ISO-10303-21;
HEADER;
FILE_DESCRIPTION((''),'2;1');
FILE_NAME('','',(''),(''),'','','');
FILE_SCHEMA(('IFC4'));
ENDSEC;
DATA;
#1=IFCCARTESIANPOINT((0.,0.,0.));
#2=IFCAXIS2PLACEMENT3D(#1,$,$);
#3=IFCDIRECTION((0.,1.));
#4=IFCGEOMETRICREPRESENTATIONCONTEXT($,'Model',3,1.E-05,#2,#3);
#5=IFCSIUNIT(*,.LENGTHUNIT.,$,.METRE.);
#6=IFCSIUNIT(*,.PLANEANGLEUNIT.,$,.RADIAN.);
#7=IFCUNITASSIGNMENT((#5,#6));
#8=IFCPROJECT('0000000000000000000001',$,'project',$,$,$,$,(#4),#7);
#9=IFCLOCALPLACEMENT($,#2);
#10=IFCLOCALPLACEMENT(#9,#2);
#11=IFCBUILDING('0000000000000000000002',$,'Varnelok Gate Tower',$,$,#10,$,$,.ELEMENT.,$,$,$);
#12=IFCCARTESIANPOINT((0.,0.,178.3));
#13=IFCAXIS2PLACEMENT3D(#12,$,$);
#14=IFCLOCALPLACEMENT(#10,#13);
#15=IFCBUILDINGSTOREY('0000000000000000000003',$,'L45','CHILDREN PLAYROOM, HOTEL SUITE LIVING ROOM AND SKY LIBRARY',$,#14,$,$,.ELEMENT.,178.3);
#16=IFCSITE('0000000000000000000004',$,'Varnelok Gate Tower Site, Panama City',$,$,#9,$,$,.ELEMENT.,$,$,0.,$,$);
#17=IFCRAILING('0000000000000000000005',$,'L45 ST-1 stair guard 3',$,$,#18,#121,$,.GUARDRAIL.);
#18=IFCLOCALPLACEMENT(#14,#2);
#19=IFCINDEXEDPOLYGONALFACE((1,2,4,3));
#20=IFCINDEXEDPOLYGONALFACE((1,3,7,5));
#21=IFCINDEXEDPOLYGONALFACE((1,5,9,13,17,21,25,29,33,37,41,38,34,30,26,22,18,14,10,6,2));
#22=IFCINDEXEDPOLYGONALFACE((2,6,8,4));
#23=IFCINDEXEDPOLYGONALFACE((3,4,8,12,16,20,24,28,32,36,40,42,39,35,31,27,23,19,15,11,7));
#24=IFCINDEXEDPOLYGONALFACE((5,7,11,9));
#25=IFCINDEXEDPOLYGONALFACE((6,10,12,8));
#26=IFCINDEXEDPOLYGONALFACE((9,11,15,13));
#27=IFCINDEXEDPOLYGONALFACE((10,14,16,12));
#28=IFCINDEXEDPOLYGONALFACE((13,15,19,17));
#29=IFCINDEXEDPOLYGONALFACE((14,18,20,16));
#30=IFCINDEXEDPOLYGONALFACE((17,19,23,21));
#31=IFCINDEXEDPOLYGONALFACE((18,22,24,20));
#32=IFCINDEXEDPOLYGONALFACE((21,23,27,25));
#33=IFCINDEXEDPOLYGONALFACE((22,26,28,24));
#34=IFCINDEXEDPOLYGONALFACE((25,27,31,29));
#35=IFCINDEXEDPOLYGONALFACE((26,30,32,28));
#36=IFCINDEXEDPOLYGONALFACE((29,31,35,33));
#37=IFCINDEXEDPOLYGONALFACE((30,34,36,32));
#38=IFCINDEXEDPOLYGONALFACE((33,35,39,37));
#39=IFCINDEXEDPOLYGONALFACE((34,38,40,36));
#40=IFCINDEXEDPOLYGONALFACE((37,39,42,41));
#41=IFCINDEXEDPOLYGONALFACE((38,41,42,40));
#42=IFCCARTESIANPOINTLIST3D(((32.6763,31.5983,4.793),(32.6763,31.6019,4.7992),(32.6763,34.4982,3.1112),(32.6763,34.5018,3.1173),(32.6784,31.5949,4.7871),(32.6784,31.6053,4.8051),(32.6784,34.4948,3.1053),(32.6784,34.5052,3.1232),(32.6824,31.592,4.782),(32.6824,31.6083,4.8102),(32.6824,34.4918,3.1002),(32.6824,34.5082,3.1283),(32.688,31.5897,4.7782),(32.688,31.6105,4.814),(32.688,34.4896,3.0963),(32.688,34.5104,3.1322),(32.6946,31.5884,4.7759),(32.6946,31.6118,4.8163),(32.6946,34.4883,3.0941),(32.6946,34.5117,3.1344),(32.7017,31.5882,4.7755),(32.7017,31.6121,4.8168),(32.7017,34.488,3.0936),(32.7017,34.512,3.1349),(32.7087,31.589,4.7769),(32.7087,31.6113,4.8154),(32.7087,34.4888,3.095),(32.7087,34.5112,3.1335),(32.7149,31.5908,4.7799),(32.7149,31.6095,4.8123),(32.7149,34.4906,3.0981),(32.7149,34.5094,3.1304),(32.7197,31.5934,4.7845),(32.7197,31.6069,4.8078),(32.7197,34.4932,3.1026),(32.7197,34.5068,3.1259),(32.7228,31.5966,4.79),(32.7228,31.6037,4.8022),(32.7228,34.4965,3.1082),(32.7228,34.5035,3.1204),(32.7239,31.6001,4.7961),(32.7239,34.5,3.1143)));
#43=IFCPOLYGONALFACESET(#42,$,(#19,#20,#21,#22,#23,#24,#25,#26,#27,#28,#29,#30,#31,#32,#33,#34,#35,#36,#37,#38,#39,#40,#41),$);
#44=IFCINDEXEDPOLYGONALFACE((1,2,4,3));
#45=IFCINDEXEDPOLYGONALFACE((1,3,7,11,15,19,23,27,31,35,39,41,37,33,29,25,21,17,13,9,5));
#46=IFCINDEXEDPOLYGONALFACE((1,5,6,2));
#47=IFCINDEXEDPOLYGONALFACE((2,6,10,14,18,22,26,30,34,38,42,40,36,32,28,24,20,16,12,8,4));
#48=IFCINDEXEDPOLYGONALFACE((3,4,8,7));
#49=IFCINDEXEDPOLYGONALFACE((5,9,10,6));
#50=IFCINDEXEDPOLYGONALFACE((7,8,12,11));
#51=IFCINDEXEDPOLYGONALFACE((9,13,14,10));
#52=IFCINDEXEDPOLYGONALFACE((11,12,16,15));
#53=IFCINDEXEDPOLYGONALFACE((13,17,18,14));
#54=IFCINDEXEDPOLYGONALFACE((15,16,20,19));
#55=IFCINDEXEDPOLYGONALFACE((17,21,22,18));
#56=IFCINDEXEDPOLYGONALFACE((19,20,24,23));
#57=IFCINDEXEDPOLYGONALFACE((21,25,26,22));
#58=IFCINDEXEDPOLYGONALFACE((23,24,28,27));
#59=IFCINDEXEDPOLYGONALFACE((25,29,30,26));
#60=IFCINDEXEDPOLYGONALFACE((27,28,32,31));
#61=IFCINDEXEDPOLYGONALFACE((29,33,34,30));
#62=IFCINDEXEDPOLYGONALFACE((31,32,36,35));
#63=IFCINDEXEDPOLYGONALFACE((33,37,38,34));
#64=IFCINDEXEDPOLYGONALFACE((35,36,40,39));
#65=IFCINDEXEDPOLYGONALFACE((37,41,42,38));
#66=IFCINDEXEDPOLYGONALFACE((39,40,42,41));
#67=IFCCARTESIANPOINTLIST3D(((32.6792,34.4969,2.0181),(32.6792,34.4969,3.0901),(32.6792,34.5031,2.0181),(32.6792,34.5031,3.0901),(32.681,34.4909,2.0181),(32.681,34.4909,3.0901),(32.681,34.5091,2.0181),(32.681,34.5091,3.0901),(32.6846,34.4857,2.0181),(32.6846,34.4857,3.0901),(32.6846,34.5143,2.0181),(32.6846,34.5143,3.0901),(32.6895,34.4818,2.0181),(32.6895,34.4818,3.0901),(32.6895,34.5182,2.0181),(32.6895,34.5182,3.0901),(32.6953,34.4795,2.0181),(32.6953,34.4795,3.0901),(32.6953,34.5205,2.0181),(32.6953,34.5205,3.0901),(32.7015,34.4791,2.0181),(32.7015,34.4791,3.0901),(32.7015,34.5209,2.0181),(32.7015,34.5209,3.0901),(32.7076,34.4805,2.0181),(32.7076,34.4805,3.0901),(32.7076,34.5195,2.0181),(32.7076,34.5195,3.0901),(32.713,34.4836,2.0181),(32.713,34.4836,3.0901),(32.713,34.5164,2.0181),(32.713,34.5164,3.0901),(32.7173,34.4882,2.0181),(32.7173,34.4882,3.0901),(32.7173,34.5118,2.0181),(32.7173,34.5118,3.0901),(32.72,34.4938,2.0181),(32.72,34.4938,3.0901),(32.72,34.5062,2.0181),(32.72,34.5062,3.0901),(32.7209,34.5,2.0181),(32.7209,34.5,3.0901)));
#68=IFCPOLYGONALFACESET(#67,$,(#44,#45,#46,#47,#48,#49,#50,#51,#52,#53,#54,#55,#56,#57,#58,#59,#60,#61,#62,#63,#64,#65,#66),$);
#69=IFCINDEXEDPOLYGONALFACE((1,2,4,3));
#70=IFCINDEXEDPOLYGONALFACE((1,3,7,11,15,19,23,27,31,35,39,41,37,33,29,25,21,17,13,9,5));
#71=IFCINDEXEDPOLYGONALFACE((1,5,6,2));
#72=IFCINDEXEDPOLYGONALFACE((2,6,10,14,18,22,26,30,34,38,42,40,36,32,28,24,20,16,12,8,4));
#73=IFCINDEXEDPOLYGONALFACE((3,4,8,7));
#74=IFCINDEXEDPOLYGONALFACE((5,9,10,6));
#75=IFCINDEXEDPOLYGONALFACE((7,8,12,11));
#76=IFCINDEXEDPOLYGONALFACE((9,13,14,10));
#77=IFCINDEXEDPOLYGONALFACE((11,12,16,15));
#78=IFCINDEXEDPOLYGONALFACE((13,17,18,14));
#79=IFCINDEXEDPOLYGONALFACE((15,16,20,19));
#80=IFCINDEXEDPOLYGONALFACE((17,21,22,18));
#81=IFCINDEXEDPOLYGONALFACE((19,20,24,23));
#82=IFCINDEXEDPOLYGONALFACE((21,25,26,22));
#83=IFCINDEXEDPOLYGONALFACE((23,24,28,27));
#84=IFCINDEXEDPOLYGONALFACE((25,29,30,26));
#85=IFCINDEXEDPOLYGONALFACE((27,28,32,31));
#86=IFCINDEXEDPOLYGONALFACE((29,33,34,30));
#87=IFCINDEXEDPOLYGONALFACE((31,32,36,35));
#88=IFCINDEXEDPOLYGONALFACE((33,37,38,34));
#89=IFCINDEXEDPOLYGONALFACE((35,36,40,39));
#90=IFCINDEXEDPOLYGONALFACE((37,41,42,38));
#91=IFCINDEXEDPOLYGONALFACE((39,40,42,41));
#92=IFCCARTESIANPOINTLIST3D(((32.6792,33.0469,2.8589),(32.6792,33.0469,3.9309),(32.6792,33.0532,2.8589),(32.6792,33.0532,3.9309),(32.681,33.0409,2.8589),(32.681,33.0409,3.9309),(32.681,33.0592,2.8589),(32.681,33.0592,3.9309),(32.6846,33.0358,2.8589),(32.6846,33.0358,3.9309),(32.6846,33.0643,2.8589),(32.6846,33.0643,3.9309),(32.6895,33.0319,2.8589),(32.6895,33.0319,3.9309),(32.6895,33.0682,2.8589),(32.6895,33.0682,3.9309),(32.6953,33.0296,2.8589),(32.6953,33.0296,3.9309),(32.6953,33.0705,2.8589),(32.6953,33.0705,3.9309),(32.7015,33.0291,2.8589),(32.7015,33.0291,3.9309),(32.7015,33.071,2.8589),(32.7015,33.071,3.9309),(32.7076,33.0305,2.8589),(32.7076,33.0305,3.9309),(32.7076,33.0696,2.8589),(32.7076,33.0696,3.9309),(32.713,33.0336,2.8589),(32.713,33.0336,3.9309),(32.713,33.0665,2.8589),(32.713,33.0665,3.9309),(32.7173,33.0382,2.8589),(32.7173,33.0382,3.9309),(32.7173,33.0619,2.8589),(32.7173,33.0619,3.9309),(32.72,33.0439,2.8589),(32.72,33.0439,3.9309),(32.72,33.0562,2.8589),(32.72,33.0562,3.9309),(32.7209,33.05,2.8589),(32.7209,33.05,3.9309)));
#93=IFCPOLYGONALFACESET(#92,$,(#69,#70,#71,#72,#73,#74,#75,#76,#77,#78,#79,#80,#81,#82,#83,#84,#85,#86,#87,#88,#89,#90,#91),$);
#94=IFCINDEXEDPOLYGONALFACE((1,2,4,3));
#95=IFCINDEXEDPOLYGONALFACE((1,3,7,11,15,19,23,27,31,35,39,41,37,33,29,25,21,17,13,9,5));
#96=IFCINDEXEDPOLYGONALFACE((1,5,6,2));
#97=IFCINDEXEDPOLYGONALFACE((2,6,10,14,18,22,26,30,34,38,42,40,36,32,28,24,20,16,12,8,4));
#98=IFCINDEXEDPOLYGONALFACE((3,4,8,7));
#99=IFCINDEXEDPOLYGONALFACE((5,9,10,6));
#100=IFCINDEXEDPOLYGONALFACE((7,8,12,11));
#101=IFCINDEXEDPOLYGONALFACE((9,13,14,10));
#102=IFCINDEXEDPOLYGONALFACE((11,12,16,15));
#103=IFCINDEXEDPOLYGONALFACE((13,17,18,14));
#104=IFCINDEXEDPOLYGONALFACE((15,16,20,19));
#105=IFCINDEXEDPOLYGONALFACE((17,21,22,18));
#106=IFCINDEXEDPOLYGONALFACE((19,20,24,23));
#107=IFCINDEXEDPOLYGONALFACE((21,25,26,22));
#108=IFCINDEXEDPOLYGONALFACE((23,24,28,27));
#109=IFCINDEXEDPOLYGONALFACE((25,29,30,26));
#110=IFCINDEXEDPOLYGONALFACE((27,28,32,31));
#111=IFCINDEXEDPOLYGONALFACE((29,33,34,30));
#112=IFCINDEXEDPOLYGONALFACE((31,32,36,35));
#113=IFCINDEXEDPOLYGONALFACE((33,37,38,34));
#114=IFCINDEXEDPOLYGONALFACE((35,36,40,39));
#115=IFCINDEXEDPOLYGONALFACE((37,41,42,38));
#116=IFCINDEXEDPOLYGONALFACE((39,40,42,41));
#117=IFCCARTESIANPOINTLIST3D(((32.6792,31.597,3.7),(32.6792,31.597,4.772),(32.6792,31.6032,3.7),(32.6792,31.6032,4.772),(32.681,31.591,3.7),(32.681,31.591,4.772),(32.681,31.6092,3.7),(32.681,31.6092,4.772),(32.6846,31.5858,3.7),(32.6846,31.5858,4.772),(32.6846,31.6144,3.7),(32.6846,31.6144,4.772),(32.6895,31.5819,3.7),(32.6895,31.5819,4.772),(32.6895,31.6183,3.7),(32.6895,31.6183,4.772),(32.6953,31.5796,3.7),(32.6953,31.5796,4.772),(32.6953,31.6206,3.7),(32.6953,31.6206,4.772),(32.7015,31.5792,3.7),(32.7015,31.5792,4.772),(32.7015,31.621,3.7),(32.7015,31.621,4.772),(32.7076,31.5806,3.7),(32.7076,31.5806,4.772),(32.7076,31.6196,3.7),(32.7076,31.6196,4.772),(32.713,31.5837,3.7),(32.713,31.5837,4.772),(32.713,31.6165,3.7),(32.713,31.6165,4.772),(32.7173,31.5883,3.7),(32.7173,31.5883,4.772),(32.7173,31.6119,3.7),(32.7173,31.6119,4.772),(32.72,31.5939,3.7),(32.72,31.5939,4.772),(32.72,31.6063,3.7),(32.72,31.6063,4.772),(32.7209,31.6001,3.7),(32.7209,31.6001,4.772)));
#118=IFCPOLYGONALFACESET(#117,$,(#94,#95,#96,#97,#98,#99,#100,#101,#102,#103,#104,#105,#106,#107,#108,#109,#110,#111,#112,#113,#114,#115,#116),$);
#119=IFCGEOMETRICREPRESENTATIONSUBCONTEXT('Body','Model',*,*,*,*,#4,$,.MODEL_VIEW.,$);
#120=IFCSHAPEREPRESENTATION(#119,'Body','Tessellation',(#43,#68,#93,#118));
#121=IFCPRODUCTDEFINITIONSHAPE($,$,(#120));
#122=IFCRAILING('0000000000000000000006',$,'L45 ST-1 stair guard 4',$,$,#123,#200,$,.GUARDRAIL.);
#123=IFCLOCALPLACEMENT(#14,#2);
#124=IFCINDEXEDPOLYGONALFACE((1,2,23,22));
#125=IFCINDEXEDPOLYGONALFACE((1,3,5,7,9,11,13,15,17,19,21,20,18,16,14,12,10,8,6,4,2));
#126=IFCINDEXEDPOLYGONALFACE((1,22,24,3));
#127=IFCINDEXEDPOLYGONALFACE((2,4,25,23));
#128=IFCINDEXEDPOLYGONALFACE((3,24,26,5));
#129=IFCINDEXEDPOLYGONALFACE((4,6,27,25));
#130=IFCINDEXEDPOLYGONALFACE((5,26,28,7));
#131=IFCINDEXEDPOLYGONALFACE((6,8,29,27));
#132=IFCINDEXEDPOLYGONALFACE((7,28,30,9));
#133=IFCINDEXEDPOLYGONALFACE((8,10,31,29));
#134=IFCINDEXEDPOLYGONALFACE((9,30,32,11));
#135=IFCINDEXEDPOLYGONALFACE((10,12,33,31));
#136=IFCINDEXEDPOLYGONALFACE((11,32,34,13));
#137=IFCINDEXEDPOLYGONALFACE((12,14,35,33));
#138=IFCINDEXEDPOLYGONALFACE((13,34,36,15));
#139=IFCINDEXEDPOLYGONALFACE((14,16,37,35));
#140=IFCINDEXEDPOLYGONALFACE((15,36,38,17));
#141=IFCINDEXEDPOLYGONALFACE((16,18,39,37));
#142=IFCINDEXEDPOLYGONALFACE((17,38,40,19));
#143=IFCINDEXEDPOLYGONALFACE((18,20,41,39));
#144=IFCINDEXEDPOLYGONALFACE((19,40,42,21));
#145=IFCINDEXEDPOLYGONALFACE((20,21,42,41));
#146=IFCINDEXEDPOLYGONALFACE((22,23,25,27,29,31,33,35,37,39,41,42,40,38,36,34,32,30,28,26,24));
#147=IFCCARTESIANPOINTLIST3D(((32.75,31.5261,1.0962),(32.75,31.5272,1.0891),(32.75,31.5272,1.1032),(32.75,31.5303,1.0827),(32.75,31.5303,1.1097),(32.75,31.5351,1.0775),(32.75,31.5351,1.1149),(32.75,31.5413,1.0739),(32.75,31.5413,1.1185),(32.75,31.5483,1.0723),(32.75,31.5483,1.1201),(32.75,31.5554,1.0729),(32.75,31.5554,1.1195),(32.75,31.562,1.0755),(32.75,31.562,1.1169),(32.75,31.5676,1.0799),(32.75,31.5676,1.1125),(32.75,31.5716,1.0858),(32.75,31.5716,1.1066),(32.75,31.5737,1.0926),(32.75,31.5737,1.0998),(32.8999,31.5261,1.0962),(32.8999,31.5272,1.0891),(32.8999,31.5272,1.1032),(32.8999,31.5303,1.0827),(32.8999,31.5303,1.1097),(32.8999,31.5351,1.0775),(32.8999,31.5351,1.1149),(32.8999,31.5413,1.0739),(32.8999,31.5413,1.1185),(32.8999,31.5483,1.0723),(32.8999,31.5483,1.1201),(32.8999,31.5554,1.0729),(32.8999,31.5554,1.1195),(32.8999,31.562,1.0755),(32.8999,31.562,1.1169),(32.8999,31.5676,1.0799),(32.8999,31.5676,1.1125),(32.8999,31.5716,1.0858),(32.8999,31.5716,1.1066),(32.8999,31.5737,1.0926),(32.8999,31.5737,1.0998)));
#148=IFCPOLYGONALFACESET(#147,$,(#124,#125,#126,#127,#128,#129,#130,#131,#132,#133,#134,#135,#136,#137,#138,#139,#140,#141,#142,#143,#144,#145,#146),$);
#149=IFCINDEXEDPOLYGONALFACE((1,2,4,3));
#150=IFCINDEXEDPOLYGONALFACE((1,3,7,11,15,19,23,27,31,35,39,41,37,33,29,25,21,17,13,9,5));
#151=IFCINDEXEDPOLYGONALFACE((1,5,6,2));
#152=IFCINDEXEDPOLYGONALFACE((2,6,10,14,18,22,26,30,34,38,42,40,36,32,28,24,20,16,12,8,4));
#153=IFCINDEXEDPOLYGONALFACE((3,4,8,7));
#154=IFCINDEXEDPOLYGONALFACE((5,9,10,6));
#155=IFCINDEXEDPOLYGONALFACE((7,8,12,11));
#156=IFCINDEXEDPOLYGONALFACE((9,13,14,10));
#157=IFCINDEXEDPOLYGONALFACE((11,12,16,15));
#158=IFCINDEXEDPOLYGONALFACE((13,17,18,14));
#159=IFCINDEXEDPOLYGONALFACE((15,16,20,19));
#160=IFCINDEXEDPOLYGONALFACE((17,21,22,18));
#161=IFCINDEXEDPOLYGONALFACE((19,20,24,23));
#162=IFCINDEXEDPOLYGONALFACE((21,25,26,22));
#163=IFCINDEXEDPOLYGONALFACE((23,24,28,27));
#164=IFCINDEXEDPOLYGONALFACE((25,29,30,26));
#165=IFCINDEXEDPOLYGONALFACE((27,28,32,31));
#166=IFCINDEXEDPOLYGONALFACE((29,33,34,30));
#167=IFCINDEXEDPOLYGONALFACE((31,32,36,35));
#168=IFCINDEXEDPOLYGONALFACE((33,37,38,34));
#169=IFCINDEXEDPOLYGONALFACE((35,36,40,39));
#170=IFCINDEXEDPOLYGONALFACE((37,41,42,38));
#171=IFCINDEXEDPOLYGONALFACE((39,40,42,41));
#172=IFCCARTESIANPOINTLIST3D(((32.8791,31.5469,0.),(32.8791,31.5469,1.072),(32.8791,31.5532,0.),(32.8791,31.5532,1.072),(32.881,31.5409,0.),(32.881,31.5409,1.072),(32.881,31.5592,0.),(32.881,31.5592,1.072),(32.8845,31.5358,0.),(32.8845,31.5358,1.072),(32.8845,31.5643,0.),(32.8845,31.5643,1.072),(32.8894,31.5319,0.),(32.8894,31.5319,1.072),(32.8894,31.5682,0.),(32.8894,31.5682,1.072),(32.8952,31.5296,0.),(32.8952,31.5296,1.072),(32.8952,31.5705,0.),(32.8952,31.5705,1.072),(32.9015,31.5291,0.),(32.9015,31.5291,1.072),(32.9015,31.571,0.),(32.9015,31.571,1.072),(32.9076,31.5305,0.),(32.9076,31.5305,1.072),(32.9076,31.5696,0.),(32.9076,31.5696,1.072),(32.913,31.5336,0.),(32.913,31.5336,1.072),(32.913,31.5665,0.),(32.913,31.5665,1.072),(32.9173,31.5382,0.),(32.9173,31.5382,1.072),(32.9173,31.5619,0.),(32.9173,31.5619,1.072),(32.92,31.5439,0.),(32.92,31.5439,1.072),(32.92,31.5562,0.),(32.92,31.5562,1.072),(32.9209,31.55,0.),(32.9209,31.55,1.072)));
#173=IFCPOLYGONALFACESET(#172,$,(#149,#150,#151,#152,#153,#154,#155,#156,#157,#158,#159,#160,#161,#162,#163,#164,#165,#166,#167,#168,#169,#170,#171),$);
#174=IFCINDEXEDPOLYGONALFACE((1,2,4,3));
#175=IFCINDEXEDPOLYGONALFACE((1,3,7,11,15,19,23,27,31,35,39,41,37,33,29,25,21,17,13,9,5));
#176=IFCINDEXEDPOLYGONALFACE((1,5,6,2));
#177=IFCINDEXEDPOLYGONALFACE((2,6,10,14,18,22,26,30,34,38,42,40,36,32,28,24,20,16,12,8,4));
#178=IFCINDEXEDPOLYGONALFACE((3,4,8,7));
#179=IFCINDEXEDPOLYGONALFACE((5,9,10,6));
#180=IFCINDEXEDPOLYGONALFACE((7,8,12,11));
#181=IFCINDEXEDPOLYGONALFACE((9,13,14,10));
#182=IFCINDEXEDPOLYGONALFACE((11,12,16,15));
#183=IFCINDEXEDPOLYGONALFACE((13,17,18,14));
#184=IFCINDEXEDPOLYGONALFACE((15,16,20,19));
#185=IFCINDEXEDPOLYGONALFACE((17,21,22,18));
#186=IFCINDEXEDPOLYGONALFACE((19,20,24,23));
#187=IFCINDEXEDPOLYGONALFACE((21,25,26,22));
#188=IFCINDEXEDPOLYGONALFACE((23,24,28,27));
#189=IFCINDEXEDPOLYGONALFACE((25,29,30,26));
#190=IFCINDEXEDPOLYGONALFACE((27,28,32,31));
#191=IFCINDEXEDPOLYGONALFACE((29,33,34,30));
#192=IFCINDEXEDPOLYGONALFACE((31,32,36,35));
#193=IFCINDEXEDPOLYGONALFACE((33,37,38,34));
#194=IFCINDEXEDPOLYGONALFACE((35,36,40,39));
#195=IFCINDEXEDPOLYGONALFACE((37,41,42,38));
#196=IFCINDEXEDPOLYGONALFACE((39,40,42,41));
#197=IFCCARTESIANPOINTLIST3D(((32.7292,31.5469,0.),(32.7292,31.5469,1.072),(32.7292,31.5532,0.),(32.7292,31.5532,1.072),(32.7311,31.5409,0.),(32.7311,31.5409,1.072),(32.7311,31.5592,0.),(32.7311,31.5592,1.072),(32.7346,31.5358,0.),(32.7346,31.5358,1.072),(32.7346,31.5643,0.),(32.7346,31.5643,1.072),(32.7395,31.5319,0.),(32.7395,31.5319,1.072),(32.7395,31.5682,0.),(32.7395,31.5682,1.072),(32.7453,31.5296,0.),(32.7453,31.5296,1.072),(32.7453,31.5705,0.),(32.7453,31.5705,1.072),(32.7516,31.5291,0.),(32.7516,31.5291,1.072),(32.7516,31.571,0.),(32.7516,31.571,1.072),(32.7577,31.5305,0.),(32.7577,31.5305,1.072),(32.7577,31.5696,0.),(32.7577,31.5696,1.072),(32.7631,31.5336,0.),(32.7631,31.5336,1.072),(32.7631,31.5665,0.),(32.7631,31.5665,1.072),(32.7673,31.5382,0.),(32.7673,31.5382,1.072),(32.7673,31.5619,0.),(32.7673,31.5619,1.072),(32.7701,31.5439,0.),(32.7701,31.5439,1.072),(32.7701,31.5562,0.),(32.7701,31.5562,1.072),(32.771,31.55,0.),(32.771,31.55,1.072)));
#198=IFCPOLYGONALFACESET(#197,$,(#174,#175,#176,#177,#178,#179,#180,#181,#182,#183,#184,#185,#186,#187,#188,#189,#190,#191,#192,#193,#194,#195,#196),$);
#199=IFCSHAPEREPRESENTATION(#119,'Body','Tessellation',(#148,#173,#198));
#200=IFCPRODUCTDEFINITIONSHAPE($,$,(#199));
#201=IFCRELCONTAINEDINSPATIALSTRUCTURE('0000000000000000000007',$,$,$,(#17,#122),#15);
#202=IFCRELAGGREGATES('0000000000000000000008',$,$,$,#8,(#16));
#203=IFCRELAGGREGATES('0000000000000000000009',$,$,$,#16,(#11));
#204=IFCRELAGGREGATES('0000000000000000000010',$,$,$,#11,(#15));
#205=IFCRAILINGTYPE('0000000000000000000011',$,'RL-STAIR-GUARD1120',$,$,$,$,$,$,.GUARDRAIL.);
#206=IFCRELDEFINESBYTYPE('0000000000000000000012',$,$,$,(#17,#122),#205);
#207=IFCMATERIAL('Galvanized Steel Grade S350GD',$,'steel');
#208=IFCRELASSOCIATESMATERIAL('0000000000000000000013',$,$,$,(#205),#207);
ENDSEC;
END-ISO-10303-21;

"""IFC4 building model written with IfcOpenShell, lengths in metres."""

from ifc_helpers import new_model, si_unit, direction, frame, origin, origin_2d, place, context, subcontext, project, spatial, circle, extrude, material, type_object, element, save


model = new_model("IFC4")

# Units and contexts
model_context = context("Model", 3, precision=1e-05, world=origin(), true_north=direction((0.0, 1.0)))
body_context = subcontext(model_context, "Body", "Model", "MODEL_VIEW")
ifc_project = project(units=[si_unit("LENGTHUNIT", "METRE"), si_unit("PLANEANGLEUNIT", "RADIAN")], contexts=[model_context])

# Site, building, storey
site_placement = place(None, origin())
site = spatial("IfcSite", under=ifc_project, at=site_placement, Name="Varnelok Gate Tower Site, Panama City", CompositionType="ELEMENT", RefElevation=0.0)
building_placement = place(site_placement, origin())
building = spatial("IfcBuilding", under=site, at=building_placement, Name="Varnelok Gate Tower", CompositionType="ELEMENT")
storey_placement = place(building_placement, frame((0.0, 0.0, 178.3)))
storey = spatial("IfcBuildingStorey", under=building, at=storey_placement, Name="L45", Description="CHILDREN PLAYROOM, HOTEL SUITE LIVING ROOM AND SKY LIBRARY", CompositionType="ELEMENT", Elevation=178.3)

# Shared definitions
ifc_material_1 = material(Name="Galvanized Steel Grade S350GD", Category="steel")

# Railings
railing_type_1 = type_object("IfcRailingType", Name="RL-STAIR-GUARD1120", PredefinedType="GUARDRAIL", material=ifc_material_1)
railing_1_placement = place(storey_placement, frame((32.7, 34.5, 2.0181)))
element("IfcRailing", 1, at=railing_1_placement, inside=storey, type_object=railing_type_1, Name="L45 ST-1 stair guard 3", PredefinedType="GUARDRAIL", context=body_context, shape_type="SweptSolid", body=[
    extrude(circle(Radius=0.0239, at=origin_2d()), frame((0.0, 0.0, 1.0962), z_axis=(0.0, -0.865039, 0.501705), x_axis=(1.0, 0.0, 0.0)), (0.0, 0.0, 1.0), 3.3523),
    extrude(circle(Radius=0.021, at=origin_2d()), origin(), (0.0, 0.0, 1.0), 1.072),
    extrude(circle(Radius=0.021, at=origin_2d()), frame((0.0, -1.45, 0.8408)), (0.0, 0.0, 1.0), 1.072),
    extrude(circle(Radius=0.021, at=origin_2d()), frame((0.0, -2.8999, 1.6819)), (0.0, 0.0, 1.0), 1.072),
])
railing_2_placement = place(storey_placement, frame((32.8999, 31.55, 0.0)))
element("IfcRailing", 2, at=railing_2_placement, inside=storey, type_object=railing_type_1, Name="L45 ST-1 stair guard 4", PredefinedType="GUARDRAIL", context=body_context, shape_type="SweptSolid", body=[
    extrude(circle(Radius=0.0239, at=origin_2d()), frame((0.0, 0.0, 1.0962), z_axis=(-1.0, 0.0, 0.0), x_axis=(0.0, -1.0, 0.0)), (0.0, 0.0, 1.0), 0.1499),
    extrude(circle(Radius=0.021, at=origin_2d()), origin(), (0.0, 0.0, 1.0), 1.072),
    extrude(circle(Radius=0.021, at=origin_2d()), frame((-0.1499, 0.0, 0.0)), (0.0, 0.0, 1.0), 1.072),
])

save(model, "model.ifc")
